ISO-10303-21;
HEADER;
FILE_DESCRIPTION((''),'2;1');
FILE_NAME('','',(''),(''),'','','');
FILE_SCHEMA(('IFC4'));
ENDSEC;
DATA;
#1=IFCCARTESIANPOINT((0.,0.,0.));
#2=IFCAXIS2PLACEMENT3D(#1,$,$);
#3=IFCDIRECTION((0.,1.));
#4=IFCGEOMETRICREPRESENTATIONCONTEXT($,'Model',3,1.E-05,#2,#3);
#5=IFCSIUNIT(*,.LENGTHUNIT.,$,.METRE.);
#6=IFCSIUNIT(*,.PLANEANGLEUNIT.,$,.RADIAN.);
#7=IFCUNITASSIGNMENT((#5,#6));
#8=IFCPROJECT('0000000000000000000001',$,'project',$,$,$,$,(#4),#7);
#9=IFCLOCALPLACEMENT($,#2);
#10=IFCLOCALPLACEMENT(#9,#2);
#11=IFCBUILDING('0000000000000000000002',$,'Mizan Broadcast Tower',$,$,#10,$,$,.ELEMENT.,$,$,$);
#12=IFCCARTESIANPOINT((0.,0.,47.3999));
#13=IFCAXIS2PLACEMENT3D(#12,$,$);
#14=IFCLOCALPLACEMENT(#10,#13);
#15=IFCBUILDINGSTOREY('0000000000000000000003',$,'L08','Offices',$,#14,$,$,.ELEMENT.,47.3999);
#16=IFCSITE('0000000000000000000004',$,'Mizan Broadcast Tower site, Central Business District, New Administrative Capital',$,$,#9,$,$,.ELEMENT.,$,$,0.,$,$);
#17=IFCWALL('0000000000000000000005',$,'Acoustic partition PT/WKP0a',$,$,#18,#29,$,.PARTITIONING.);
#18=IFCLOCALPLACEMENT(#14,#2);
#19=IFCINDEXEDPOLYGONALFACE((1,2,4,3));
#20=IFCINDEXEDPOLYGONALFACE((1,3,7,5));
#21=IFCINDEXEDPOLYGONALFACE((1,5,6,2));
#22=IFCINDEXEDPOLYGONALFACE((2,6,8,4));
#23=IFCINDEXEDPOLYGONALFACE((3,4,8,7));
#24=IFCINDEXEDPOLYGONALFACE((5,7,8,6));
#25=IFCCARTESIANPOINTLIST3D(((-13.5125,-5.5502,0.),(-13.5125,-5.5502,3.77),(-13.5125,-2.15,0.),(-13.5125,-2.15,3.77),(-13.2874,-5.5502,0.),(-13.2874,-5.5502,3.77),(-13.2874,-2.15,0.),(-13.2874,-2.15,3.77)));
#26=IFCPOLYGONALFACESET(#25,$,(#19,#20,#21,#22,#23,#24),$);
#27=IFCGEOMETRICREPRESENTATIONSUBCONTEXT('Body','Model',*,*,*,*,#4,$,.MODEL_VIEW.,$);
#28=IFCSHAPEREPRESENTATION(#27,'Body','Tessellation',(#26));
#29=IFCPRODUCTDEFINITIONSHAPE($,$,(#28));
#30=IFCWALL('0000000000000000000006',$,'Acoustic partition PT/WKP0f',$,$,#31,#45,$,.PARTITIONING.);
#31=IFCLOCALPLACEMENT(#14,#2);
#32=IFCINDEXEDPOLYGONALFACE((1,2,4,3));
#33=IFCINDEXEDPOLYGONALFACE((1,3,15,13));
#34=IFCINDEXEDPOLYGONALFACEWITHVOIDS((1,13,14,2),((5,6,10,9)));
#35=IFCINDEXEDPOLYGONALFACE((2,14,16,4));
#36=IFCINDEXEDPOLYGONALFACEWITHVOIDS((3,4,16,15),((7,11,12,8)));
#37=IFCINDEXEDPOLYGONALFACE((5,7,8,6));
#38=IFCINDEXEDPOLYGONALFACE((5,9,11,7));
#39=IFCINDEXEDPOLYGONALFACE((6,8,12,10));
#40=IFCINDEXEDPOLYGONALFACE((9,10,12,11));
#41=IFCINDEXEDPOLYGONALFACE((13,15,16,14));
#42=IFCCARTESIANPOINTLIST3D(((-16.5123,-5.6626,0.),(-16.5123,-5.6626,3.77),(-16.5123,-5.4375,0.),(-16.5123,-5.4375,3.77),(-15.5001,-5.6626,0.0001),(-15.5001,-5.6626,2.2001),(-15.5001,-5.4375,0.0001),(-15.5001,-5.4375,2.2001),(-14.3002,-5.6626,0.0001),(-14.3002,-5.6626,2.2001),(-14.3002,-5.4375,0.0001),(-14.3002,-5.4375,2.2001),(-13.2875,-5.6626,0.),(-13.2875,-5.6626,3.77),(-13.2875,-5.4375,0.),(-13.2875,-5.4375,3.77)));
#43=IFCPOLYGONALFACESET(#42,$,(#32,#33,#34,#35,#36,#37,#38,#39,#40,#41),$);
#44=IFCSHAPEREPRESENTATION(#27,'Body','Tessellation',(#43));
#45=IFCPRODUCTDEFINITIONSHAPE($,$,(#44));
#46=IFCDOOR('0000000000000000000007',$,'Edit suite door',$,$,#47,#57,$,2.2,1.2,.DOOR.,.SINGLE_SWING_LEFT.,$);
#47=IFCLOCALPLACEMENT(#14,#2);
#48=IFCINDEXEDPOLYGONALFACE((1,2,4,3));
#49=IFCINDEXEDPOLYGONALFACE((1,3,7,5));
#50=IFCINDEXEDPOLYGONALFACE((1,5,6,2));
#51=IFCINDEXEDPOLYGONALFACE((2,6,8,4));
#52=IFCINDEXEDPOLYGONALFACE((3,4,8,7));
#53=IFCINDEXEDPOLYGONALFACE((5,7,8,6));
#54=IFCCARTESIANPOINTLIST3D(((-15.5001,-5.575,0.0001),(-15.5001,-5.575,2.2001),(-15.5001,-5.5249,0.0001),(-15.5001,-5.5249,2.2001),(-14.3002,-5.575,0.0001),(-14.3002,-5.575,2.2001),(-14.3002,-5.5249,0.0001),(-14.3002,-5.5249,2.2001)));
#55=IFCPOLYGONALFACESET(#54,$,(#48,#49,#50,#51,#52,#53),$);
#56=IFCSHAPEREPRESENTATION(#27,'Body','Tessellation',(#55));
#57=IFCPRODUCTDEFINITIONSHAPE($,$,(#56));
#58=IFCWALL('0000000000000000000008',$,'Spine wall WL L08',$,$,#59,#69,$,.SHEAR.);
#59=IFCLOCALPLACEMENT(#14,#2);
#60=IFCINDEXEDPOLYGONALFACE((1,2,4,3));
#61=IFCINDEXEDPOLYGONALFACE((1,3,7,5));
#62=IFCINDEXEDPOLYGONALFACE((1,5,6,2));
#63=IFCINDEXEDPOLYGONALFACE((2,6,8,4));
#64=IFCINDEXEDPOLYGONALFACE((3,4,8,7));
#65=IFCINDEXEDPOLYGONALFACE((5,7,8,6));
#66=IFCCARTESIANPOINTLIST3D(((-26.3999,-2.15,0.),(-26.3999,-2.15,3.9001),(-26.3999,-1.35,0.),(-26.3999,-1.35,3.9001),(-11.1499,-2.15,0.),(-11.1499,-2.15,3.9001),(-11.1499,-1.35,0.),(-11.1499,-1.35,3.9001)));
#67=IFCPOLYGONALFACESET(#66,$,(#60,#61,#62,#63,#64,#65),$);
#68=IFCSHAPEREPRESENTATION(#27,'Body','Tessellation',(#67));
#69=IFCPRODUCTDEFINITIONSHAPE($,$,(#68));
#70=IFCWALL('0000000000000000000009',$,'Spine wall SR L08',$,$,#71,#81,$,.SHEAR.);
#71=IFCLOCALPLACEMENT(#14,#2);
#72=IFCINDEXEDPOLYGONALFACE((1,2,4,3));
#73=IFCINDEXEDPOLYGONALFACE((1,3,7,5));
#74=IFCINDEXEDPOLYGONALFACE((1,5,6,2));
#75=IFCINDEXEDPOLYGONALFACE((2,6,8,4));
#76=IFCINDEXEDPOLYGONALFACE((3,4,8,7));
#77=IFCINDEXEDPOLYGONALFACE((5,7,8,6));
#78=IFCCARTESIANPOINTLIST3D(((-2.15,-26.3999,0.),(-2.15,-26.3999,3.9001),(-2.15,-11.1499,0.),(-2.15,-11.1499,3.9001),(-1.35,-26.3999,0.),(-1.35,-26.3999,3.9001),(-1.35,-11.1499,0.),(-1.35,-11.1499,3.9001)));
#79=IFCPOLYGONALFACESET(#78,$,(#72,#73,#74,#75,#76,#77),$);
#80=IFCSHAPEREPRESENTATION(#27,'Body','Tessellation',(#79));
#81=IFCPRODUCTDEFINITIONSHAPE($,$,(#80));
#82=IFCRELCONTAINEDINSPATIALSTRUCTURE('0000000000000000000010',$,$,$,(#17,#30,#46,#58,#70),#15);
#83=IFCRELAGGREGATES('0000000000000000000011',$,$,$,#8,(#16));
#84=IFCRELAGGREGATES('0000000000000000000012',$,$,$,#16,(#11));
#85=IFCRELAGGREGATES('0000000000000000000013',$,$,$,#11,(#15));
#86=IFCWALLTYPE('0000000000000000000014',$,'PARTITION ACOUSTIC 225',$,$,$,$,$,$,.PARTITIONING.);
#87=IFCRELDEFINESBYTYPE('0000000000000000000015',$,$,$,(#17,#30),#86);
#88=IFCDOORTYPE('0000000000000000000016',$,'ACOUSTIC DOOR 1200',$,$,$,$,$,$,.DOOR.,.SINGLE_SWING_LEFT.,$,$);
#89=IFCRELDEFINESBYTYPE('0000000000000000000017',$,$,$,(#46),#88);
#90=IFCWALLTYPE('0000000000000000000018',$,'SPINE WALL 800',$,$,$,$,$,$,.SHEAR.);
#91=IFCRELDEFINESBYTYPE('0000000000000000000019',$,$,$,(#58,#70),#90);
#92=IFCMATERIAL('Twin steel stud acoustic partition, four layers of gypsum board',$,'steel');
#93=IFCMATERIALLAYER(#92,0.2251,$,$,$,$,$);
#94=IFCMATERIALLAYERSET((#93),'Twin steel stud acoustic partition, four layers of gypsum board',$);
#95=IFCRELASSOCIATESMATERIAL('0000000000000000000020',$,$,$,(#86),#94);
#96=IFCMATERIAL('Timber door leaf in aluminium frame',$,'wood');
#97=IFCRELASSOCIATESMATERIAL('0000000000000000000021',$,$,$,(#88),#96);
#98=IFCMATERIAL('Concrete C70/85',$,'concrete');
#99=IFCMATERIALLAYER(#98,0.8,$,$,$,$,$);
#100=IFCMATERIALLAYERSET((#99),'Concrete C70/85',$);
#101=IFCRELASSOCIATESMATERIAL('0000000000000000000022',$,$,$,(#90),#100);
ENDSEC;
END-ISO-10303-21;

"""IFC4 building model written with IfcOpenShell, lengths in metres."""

from ifc_helpers import new_model, si_unit, direction, frame, frame_2d, origin, place, context, subcontext, project, spatial, rectangle, extrude, material, layer, layer_set, type_object, element, fill, save


model = new_model("IFC4")

# Units and contexts
model_context = context("Model", 3, precision=1e-05, world=origin(), true_north=direction((0.0, 1.0)))
body_context = subcontext(model_context, "Body", "Model", "MODEL_VIEW")
ifc_project = project(units=[si_unit("LENGTHUNIT", "METRE"), si_unit("PLANEANGLEUNIT", "RADIAN")], contexts=[model_context])

# Site, building, storey
site_placement = place(None, origin())
site = spatial("IfcSite", under=ifc_project, at=site_placement, Name="Mizan Broadcast Tower site, Central Business District, New Administrative Capital", CompositionType="ELEMENT", RefElevation=0.0)
building_placement = place(site_placement, origin())
building = spatial("IfcBuilding", under=site, at=building_placement, Name="Mizan Broadcast Tower", CompositionType="ELEMENT")
storey_placement = place(building_placement, frame((0.0, 0.0, 47.3999)))
storey = spatial("IfcBuildingStorey", under=building, at=storey_placement, Name="L08", Description="Offices", CompositionType="ELEMENT", Elevation=47.3999)

# Wall
ifc_material_1 = material(Name="Twin steel stud acoustic partition, four layers of gypsum board", Category="steel")
ifc_layer_1 = layer(ifc_material_1, 0.2251)
ifc_layer_set_1 = layer_set([ifc_layer_1], Name="Twin steel stud acoustic partition, four layers of gypsum board")
wall_type_1 = type_object("IfcWallType", Name="PARTITION ACOUSTIC 225", PredefinedType="PARTITIONING", material=ifc_layer_set_1)
wall_1_placement = place(storey_placement, frame((-13.3999, -2.1499, 0.0), z_axis=(0.0, 0.0, 1.0), x_axis=(0.0, -1.0, 0.0)))
element("IfcWall", 1, at=wall_1_placement, inside=storey, type_object=wall_type_1, Name="Acoustic partition PT/WKP0a", PredefinedType="PARTITIONING", context=body_context, shape_type="SweptSolid", body=[
    extrude(rectangle(XDim=3.4001, YDim=0.2251, at=frame_2d((1.7002, 0.0))), origin(), (0.0, 0.0, 1.0), 3.77),
])

# Wall, opening, door
wall_2_placement = place(storey_placement, frame((-13.2876, -5.55, 0.0), z_axis=(0.0, 0.0, 1.0), x_axis=(-1.0, 0.0, 0.0)))
wall_2 = element("IfcWall", 2, at=wall_2_placement, inside=storey, type_object=wall_type_1, Name="Acoustic partition PT/WKP0f", PredefinedType="PARTITIONING", context=body_context, shape_type="SweptSolid", body=[
    extrude(rectangle(XDim=3.2249, YDim=0.2251, at=frame_2d((1.6123, 0.0))), origin(), (0.0, 0.0, 1.0), 3.77),
])
opening_1_placement = place(wall_2_placement, frame((1.0125, 0.0, 0.0)))
opening_1 = element("IfcOpeningElement", 3, at=opening_1_placement, cuts=wall_2, PredefinedType="OPENING", context=body_context, shape_type="SweptSolid", body=[
    extrude(rectangle(XDim=1.2, YDim=2.2, at=frame_2d((0.6001, 1.1001))), frame((0.0, 0.1226, 0.0), z_axis=(0.0, -1.0, 0.0), x_axis=(1.0, 0.0, 0.0)), (0.0, 0.0, 1.0), 0.2451),
])
ifc_material_2 = material(Name="Timber door leaf in aluminium frame", Category="wood")
door_type_1 = type_object("IfcDoorType", Name="ACOUSTIC DOOR 1200", OperationType="SINGLE_SWING_LEFT", PredefinedType="DOOR", material=ifc_material_2)
door_1_placement = place(opening_1_placement, origin())
door_1 = element("IfcDoor", 4, at=door_1_placement, inside=storey, type_object=door_type_1, Name="Edit suite door", OperationType="SINGLE_SWING_LEFT", OverallHeight=2.2, OverallWidth=1.2, PredefinedType="DOOR", context=body_context, shape_type="SweptSolid", body=[
    extrude(rectangle(XDim=1.2, YDim=2.2, at=frame_2d((0.6001, 1.1001))), frame((0.0, 0.0249, 0.0), z_axis=(0.0, -1.0, 0.0), x_axis=(1.0, 0.0, 0.0)), (0.0, 0.0, 1.0), 0.05),
])
fill(opening_1, door_1)

# Walls
ifc_material_3 = material(Name="Concrete C70/85", Category="concrete")
ifc_layer_2 = layer(ifc_material_3, 0.8)
ifc_layer_set_2 = layer_set([ifc_layer_2], Name="Concrete C70/85")
wall_type_2 = type_object("IfcWallType", Name="SPINE WALL 800", PredefinedType="SHEAR", material=ifc_layer_set_2)
for number, where, z_axis, x_axis, name in (
    (5, (-11.1499, -1.75, 0.0), (0.0, 0.0, 1.0), (-1.0, 0.0, 0.0), "Spine wall WL L08"),
    (6, (-1.75, -11.1499, 0.0), (0.0, 0.0, 1.0), (0.0, -1.0, 0.0), "Spine wall SR L08"),
):
    element("IfcWall", number, at=place(storey_placement, frame(where, z_axis=z_axis, x_axis=x_axis)), inside=storey, type_object=wall_type_2, Name=name, PredefinedType="SHEAR", context=body_context, shape_type="SweptSolid", body=[
        extrude(rectangle(XDim=15.25, YDim=0.8, at=frame_2d((7.625, 0.0))), origin(), (0.0, 0.0, 1.0), 3.9001),
    ])

save(model, "model.ifc")
